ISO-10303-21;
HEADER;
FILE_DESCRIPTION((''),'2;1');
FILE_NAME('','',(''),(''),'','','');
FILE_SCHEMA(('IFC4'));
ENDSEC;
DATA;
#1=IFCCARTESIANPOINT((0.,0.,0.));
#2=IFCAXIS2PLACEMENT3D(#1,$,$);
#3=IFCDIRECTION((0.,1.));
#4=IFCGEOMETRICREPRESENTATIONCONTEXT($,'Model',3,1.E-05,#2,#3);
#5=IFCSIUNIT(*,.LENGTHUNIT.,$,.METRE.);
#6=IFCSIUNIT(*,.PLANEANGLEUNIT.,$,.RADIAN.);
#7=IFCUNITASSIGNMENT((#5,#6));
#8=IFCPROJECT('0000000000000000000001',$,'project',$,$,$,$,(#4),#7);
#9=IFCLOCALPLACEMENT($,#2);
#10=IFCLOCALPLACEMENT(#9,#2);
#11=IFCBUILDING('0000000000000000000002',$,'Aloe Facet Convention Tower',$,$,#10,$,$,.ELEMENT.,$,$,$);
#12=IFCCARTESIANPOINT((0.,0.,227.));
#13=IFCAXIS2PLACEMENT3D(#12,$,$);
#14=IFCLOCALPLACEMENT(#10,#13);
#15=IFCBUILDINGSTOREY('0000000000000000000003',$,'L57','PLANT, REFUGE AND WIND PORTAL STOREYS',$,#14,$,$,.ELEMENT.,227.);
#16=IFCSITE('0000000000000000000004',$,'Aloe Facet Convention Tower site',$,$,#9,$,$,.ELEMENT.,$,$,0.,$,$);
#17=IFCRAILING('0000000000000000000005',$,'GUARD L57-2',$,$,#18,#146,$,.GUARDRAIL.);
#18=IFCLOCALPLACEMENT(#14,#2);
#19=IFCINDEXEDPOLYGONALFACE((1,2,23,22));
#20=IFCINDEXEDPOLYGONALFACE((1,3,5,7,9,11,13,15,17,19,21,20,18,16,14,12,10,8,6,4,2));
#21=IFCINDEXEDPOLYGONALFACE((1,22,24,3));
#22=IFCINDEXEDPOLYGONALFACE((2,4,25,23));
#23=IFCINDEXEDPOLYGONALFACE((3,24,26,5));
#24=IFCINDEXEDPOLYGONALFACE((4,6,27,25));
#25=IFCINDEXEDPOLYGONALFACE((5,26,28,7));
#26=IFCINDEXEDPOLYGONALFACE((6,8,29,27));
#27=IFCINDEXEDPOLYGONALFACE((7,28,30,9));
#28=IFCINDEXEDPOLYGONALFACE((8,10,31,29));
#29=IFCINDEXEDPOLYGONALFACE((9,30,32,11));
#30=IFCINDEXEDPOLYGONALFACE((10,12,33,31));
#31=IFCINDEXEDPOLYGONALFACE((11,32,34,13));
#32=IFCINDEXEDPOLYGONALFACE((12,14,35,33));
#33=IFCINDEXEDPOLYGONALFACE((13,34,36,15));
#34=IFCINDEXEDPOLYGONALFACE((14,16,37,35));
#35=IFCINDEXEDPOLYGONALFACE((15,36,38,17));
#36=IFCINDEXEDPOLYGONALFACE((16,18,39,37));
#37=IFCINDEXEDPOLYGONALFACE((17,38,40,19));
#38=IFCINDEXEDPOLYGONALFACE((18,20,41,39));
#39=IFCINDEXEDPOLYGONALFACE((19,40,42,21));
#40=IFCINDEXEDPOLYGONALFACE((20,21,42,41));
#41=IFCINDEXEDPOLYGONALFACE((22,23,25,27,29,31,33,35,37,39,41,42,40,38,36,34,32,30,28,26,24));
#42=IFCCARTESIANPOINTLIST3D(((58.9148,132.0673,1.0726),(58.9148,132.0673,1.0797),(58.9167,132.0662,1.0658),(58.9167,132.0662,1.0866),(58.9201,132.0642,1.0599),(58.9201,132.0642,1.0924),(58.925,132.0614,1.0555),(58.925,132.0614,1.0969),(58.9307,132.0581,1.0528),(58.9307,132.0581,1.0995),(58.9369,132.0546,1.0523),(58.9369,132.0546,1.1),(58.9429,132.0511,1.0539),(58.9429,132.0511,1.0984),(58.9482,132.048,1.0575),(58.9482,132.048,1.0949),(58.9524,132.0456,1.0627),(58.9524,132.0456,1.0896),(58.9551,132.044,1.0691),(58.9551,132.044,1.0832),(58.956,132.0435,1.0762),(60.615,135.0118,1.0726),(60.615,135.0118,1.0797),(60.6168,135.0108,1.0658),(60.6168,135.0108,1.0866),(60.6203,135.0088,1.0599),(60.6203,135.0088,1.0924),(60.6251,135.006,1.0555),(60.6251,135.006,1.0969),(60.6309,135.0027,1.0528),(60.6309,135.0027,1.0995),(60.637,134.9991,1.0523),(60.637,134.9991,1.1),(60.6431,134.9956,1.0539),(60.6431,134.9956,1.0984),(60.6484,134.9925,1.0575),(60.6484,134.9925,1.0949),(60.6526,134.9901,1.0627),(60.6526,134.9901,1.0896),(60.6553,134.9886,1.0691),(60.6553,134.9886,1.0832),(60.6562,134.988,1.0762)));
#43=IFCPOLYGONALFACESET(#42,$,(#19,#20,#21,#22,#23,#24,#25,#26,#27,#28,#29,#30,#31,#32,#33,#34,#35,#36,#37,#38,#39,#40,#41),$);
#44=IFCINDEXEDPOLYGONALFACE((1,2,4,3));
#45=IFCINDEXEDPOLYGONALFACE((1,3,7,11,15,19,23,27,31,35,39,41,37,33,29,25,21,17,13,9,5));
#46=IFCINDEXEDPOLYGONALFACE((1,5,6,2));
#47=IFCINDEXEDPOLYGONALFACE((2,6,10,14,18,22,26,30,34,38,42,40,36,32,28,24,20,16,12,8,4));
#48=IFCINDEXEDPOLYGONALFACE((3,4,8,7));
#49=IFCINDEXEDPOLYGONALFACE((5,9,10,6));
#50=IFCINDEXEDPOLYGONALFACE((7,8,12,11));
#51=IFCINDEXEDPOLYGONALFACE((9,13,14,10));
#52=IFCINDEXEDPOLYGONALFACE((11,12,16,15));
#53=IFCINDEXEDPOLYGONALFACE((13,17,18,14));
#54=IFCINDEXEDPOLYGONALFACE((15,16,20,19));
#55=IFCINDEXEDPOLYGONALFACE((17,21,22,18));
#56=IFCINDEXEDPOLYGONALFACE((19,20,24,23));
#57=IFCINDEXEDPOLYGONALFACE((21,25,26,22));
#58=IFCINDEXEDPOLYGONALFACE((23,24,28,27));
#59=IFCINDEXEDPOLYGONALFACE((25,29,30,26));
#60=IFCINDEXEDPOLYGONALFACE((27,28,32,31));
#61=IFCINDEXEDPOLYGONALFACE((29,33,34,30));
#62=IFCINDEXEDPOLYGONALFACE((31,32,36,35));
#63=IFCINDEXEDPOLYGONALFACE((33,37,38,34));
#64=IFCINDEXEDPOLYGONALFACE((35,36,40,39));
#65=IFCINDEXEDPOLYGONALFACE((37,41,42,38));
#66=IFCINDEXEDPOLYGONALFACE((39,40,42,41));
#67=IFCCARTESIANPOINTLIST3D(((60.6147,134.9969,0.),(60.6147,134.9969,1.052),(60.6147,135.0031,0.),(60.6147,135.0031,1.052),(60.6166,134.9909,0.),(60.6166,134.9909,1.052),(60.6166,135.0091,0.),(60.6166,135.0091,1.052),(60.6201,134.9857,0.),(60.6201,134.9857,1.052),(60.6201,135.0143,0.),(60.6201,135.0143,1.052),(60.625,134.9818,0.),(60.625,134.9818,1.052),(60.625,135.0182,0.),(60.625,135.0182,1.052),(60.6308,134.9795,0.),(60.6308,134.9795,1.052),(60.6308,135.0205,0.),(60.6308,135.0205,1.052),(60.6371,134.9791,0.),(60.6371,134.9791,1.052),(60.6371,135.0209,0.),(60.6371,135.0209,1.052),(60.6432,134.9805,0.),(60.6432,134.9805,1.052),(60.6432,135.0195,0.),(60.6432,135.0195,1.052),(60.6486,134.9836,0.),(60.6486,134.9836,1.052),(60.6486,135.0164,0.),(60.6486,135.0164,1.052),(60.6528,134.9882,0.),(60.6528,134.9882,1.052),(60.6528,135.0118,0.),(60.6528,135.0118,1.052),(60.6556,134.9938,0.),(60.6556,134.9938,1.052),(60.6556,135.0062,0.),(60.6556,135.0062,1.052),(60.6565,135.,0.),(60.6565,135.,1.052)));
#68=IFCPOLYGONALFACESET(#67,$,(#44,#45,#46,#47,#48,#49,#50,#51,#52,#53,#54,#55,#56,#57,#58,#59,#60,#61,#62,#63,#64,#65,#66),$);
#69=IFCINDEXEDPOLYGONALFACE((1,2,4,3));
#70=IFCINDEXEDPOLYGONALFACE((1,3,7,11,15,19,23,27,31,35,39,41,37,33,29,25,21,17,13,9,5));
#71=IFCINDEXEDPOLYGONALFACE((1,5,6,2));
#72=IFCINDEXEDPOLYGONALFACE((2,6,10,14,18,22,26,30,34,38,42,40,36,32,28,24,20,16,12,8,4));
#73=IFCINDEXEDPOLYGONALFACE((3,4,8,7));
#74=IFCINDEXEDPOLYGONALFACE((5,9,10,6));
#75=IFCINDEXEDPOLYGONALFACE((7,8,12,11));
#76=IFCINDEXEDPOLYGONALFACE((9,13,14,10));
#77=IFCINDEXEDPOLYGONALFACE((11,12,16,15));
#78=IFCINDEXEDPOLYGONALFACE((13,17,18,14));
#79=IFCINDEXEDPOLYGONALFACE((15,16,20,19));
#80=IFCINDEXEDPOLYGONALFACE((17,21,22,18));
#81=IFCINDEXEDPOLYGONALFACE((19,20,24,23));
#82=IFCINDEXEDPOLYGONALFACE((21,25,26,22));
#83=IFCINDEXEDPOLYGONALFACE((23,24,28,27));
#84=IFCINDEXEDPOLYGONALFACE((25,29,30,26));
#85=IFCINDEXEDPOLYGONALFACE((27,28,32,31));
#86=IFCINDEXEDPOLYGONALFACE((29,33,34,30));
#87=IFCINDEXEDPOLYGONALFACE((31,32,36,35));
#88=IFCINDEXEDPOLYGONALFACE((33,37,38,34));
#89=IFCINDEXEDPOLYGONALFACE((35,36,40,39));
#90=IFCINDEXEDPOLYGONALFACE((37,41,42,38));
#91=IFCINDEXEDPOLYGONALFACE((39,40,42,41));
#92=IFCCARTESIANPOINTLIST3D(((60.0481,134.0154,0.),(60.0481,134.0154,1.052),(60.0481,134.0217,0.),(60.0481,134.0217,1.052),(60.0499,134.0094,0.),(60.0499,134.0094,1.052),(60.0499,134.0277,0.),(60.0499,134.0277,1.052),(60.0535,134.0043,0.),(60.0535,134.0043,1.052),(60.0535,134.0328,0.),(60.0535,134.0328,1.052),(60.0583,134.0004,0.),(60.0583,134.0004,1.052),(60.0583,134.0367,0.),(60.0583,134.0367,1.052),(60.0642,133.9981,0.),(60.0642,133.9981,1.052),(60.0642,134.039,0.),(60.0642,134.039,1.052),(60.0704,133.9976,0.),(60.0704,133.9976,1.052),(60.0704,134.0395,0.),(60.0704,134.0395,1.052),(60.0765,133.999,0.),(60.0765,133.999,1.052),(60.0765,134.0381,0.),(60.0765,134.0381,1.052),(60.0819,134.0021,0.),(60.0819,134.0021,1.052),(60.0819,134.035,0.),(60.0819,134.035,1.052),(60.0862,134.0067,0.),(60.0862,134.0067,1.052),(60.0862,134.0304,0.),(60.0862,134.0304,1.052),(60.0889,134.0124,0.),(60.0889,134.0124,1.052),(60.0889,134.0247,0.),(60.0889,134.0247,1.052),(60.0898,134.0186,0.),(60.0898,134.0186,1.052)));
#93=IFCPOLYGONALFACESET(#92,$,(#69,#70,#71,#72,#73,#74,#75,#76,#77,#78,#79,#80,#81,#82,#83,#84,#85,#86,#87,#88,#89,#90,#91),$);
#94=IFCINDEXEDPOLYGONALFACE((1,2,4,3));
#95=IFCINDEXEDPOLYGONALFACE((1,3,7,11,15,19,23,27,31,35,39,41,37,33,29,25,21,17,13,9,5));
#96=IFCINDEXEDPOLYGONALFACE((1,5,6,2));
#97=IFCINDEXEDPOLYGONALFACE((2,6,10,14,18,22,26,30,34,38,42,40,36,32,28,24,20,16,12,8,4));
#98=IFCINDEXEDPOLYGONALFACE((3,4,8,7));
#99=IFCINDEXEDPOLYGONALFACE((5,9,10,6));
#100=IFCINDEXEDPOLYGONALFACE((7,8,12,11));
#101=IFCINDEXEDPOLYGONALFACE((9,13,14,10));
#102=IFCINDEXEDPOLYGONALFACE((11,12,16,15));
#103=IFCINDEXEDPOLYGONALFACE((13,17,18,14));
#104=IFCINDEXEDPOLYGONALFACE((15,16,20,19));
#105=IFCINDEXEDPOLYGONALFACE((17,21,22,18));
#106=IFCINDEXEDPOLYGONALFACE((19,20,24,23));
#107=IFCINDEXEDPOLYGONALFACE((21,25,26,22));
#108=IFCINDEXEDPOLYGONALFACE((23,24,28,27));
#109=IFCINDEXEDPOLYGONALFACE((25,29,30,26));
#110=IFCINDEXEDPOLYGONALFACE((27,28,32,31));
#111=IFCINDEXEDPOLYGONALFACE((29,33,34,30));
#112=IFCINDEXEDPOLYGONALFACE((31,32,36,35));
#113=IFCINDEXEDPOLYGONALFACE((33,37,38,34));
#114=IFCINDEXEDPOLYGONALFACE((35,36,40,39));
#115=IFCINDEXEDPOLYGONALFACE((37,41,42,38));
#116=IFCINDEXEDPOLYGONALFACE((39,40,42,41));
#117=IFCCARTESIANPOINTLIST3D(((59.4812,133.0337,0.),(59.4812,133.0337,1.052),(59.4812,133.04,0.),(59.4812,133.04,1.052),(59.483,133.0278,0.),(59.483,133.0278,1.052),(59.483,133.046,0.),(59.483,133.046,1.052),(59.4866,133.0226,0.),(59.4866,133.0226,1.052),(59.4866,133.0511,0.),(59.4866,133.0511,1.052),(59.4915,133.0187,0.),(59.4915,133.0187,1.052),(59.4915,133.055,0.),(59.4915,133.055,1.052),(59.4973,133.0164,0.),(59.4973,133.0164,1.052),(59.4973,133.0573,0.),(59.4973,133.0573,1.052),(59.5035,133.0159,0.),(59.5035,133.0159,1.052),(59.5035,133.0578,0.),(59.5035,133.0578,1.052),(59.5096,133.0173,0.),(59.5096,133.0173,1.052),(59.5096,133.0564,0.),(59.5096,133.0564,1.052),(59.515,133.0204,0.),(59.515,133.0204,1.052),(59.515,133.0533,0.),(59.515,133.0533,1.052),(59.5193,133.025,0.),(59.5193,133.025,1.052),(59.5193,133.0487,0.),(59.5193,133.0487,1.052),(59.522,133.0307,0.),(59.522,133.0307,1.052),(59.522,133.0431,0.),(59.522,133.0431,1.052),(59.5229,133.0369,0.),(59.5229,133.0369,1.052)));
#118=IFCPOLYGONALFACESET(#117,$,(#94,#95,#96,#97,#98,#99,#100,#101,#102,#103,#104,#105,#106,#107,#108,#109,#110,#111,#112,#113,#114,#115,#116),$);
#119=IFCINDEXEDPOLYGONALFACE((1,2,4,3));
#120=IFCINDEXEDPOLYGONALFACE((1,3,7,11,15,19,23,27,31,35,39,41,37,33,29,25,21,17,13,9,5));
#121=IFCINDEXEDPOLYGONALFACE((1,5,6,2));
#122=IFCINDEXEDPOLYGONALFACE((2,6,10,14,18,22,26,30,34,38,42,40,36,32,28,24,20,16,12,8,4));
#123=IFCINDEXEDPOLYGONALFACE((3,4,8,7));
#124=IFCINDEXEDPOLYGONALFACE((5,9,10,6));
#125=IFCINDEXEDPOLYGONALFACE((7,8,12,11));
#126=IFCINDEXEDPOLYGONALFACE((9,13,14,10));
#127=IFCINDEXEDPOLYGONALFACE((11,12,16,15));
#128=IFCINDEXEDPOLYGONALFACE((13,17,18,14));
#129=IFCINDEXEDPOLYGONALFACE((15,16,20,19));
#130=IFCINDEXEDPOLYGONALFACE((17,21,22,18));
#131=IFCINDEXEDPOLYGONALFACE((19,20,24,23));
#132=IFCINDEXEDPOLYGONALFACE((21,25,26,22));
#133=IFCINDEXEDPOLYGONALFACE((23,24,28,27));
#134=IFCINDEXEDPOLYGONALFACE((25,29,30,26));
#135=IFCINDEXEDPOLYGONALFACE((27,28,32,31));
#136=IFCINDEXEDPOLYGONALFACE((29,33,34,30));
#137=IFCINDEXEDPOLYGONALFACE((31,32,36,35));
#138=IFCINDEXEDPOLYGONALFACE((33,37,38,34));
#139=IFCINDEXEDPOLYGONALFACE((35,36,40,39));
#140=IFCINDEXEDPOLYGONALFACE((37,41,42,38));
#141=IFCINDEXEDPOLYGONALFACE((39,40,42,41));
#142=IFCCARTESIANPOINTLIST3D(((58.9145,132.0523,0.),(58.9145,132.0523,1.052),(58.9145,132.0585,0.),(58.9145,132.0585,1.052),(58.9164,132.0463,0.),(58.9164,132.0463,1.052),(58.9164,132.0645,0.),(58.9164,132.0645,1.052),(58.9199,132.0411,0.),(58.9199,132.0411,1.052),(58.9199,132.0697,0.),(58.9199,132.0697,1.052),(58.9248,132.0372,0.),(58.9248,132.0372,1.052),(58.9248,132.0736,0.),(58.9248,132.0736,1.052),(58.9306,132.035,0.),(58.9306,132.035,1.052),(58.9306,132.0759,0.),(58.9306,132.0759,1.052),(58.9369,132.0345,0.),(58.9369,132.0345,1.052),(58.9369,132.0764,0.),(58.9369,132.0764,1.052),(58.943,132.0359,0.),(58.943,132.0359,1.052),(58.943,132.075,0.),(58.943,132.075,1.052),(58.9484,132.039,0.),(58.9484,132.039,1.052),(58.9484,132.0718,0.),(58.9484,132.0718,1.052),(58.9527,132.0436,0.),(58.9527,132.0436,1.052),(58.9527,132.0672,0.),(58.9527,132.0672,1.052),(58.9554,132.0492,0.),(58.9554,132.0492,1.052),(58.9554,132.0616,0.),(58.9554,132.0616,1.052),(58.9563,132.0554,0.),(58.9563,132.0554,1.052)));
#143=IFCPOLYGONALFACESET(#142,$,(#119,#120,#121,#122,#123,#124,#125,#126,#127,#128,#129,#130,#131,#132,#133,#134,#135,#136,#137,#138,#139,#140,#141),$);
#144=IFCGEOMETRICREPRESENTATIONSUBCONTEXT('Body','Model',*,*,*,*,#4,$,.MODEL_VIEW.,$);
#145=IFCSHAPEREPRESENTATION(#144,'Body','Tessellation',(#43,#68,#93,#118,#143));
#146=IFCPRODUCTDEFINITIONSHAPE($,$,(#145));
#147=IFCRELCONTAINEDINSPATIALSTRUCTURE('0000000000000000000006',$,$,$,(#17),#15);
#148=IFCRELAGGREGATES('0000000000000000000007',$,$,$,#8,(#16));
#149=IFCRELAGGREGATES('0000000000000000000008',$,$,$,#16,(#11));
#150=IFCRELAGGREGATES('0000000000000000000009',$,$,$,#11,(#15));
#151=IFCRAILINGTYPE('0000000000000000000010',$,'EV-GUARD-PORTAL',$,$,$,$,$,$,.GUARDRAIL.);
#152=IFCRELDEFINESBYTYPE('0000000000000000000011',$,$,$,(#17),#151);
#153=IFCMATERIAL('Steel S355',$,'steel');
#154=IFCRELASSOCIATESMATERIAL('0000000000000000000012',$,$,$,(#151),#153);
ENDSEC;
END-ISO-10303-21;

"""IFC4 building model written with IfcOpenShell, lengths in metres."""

from ifc_helpers import new_model, si_unit, direction, frame, origin, origin_2d, place, context, subcontext, project, spatial, circle, extrude, material, type_object, element, save


model = new_model("IFC4")

# Units and contexts
model_context = context("Model", 3, precision=1e-05, world=origin(), true_north=direction((0.0, 1.0)))
body_context = subcontext(model_context, "Body", "Model", "MODEL_VIEW")
ifc_project = project(units=[si_unit("LENGTHUNIT", "METRE"), si_unit("PLANEANGLEUNIT", "RADIAN")], contexts=[model_context])

# Site, building, storey
site_placement = place(None, origin())
site = spatial("IfcSite", under=ifc_project, at=site_placement, Name="Aloe Facet Convention Tower site", CompositionType="ELEMENT", RefElevation=0.0)
building_placement = place(site_placement, origin())
building = spatial("IfcBuilding", under=site, at=building_placement, Name="Aloe Facet Convention Tower", CompositionType="ELEMENT")
storey_placement = place(building_placement, frame((0.0, 0.0, 227.0)))
storey = spatial("IfcBuildingStorey", under=building, at=storey_placement, Name="L57", Description="PLANT, REFUGE AND WIND PORTAL STOREYS", CompositionType="ELEMENT", Elevation=227.0)

# Railing
ifc_material_1 = material(Name="Steel S355", Category="steel")
railing_type_1 = type_object("IfcRailingType", Name="EV-GUARD-PORTAL", PredefinedType="GUARDRAIL", material=ifc_material_1)
railing_1_placement = place(storey_placement, frame((60.6355, 135.0, 0.0)))
element("IfcRailing", 1, at=railing_1_placement, inside=storey, type_object=railing_type_1, Name="GUARD L57-2", PredefinedType="GUARDRAIL", context=body_context, shape_type="SweptSolid", body=[
    extrude(circle(Radius=0.0239, at=origin_2d()), frame((0.0, 0.0, 1.0762), z_axis=(-0.500031, -0.866007, 0.0), x_axis=(0.866007, -0.500031, 0.0)), (0.0, 0.0, 1.0), 3.4001),
    extrude(circle(Radius=0.021, at=origin_2d()), origin(), (0.0, 0.0, 1.0), 1.052),
    extrude(circle(Radius=0.021, at=origin_2d()), frame((-0.5667, -0.9814, 0.0)), (0.0, 0.0, 1.0), 1.052),
    extrude(circle(Radius=0.021, at=origin_2d()), frame((-1.1335, -1.9631, 0.0)), (0.0, 0.0, 1.0), 1.052),
    extrude(circle(Radius=0.021, at=origin_2d()), frame((-1.7002, -2.9446, 0.0)), (0.0, 0.0, 1.0), 1.052),
])

save(model, "model.ifc")
